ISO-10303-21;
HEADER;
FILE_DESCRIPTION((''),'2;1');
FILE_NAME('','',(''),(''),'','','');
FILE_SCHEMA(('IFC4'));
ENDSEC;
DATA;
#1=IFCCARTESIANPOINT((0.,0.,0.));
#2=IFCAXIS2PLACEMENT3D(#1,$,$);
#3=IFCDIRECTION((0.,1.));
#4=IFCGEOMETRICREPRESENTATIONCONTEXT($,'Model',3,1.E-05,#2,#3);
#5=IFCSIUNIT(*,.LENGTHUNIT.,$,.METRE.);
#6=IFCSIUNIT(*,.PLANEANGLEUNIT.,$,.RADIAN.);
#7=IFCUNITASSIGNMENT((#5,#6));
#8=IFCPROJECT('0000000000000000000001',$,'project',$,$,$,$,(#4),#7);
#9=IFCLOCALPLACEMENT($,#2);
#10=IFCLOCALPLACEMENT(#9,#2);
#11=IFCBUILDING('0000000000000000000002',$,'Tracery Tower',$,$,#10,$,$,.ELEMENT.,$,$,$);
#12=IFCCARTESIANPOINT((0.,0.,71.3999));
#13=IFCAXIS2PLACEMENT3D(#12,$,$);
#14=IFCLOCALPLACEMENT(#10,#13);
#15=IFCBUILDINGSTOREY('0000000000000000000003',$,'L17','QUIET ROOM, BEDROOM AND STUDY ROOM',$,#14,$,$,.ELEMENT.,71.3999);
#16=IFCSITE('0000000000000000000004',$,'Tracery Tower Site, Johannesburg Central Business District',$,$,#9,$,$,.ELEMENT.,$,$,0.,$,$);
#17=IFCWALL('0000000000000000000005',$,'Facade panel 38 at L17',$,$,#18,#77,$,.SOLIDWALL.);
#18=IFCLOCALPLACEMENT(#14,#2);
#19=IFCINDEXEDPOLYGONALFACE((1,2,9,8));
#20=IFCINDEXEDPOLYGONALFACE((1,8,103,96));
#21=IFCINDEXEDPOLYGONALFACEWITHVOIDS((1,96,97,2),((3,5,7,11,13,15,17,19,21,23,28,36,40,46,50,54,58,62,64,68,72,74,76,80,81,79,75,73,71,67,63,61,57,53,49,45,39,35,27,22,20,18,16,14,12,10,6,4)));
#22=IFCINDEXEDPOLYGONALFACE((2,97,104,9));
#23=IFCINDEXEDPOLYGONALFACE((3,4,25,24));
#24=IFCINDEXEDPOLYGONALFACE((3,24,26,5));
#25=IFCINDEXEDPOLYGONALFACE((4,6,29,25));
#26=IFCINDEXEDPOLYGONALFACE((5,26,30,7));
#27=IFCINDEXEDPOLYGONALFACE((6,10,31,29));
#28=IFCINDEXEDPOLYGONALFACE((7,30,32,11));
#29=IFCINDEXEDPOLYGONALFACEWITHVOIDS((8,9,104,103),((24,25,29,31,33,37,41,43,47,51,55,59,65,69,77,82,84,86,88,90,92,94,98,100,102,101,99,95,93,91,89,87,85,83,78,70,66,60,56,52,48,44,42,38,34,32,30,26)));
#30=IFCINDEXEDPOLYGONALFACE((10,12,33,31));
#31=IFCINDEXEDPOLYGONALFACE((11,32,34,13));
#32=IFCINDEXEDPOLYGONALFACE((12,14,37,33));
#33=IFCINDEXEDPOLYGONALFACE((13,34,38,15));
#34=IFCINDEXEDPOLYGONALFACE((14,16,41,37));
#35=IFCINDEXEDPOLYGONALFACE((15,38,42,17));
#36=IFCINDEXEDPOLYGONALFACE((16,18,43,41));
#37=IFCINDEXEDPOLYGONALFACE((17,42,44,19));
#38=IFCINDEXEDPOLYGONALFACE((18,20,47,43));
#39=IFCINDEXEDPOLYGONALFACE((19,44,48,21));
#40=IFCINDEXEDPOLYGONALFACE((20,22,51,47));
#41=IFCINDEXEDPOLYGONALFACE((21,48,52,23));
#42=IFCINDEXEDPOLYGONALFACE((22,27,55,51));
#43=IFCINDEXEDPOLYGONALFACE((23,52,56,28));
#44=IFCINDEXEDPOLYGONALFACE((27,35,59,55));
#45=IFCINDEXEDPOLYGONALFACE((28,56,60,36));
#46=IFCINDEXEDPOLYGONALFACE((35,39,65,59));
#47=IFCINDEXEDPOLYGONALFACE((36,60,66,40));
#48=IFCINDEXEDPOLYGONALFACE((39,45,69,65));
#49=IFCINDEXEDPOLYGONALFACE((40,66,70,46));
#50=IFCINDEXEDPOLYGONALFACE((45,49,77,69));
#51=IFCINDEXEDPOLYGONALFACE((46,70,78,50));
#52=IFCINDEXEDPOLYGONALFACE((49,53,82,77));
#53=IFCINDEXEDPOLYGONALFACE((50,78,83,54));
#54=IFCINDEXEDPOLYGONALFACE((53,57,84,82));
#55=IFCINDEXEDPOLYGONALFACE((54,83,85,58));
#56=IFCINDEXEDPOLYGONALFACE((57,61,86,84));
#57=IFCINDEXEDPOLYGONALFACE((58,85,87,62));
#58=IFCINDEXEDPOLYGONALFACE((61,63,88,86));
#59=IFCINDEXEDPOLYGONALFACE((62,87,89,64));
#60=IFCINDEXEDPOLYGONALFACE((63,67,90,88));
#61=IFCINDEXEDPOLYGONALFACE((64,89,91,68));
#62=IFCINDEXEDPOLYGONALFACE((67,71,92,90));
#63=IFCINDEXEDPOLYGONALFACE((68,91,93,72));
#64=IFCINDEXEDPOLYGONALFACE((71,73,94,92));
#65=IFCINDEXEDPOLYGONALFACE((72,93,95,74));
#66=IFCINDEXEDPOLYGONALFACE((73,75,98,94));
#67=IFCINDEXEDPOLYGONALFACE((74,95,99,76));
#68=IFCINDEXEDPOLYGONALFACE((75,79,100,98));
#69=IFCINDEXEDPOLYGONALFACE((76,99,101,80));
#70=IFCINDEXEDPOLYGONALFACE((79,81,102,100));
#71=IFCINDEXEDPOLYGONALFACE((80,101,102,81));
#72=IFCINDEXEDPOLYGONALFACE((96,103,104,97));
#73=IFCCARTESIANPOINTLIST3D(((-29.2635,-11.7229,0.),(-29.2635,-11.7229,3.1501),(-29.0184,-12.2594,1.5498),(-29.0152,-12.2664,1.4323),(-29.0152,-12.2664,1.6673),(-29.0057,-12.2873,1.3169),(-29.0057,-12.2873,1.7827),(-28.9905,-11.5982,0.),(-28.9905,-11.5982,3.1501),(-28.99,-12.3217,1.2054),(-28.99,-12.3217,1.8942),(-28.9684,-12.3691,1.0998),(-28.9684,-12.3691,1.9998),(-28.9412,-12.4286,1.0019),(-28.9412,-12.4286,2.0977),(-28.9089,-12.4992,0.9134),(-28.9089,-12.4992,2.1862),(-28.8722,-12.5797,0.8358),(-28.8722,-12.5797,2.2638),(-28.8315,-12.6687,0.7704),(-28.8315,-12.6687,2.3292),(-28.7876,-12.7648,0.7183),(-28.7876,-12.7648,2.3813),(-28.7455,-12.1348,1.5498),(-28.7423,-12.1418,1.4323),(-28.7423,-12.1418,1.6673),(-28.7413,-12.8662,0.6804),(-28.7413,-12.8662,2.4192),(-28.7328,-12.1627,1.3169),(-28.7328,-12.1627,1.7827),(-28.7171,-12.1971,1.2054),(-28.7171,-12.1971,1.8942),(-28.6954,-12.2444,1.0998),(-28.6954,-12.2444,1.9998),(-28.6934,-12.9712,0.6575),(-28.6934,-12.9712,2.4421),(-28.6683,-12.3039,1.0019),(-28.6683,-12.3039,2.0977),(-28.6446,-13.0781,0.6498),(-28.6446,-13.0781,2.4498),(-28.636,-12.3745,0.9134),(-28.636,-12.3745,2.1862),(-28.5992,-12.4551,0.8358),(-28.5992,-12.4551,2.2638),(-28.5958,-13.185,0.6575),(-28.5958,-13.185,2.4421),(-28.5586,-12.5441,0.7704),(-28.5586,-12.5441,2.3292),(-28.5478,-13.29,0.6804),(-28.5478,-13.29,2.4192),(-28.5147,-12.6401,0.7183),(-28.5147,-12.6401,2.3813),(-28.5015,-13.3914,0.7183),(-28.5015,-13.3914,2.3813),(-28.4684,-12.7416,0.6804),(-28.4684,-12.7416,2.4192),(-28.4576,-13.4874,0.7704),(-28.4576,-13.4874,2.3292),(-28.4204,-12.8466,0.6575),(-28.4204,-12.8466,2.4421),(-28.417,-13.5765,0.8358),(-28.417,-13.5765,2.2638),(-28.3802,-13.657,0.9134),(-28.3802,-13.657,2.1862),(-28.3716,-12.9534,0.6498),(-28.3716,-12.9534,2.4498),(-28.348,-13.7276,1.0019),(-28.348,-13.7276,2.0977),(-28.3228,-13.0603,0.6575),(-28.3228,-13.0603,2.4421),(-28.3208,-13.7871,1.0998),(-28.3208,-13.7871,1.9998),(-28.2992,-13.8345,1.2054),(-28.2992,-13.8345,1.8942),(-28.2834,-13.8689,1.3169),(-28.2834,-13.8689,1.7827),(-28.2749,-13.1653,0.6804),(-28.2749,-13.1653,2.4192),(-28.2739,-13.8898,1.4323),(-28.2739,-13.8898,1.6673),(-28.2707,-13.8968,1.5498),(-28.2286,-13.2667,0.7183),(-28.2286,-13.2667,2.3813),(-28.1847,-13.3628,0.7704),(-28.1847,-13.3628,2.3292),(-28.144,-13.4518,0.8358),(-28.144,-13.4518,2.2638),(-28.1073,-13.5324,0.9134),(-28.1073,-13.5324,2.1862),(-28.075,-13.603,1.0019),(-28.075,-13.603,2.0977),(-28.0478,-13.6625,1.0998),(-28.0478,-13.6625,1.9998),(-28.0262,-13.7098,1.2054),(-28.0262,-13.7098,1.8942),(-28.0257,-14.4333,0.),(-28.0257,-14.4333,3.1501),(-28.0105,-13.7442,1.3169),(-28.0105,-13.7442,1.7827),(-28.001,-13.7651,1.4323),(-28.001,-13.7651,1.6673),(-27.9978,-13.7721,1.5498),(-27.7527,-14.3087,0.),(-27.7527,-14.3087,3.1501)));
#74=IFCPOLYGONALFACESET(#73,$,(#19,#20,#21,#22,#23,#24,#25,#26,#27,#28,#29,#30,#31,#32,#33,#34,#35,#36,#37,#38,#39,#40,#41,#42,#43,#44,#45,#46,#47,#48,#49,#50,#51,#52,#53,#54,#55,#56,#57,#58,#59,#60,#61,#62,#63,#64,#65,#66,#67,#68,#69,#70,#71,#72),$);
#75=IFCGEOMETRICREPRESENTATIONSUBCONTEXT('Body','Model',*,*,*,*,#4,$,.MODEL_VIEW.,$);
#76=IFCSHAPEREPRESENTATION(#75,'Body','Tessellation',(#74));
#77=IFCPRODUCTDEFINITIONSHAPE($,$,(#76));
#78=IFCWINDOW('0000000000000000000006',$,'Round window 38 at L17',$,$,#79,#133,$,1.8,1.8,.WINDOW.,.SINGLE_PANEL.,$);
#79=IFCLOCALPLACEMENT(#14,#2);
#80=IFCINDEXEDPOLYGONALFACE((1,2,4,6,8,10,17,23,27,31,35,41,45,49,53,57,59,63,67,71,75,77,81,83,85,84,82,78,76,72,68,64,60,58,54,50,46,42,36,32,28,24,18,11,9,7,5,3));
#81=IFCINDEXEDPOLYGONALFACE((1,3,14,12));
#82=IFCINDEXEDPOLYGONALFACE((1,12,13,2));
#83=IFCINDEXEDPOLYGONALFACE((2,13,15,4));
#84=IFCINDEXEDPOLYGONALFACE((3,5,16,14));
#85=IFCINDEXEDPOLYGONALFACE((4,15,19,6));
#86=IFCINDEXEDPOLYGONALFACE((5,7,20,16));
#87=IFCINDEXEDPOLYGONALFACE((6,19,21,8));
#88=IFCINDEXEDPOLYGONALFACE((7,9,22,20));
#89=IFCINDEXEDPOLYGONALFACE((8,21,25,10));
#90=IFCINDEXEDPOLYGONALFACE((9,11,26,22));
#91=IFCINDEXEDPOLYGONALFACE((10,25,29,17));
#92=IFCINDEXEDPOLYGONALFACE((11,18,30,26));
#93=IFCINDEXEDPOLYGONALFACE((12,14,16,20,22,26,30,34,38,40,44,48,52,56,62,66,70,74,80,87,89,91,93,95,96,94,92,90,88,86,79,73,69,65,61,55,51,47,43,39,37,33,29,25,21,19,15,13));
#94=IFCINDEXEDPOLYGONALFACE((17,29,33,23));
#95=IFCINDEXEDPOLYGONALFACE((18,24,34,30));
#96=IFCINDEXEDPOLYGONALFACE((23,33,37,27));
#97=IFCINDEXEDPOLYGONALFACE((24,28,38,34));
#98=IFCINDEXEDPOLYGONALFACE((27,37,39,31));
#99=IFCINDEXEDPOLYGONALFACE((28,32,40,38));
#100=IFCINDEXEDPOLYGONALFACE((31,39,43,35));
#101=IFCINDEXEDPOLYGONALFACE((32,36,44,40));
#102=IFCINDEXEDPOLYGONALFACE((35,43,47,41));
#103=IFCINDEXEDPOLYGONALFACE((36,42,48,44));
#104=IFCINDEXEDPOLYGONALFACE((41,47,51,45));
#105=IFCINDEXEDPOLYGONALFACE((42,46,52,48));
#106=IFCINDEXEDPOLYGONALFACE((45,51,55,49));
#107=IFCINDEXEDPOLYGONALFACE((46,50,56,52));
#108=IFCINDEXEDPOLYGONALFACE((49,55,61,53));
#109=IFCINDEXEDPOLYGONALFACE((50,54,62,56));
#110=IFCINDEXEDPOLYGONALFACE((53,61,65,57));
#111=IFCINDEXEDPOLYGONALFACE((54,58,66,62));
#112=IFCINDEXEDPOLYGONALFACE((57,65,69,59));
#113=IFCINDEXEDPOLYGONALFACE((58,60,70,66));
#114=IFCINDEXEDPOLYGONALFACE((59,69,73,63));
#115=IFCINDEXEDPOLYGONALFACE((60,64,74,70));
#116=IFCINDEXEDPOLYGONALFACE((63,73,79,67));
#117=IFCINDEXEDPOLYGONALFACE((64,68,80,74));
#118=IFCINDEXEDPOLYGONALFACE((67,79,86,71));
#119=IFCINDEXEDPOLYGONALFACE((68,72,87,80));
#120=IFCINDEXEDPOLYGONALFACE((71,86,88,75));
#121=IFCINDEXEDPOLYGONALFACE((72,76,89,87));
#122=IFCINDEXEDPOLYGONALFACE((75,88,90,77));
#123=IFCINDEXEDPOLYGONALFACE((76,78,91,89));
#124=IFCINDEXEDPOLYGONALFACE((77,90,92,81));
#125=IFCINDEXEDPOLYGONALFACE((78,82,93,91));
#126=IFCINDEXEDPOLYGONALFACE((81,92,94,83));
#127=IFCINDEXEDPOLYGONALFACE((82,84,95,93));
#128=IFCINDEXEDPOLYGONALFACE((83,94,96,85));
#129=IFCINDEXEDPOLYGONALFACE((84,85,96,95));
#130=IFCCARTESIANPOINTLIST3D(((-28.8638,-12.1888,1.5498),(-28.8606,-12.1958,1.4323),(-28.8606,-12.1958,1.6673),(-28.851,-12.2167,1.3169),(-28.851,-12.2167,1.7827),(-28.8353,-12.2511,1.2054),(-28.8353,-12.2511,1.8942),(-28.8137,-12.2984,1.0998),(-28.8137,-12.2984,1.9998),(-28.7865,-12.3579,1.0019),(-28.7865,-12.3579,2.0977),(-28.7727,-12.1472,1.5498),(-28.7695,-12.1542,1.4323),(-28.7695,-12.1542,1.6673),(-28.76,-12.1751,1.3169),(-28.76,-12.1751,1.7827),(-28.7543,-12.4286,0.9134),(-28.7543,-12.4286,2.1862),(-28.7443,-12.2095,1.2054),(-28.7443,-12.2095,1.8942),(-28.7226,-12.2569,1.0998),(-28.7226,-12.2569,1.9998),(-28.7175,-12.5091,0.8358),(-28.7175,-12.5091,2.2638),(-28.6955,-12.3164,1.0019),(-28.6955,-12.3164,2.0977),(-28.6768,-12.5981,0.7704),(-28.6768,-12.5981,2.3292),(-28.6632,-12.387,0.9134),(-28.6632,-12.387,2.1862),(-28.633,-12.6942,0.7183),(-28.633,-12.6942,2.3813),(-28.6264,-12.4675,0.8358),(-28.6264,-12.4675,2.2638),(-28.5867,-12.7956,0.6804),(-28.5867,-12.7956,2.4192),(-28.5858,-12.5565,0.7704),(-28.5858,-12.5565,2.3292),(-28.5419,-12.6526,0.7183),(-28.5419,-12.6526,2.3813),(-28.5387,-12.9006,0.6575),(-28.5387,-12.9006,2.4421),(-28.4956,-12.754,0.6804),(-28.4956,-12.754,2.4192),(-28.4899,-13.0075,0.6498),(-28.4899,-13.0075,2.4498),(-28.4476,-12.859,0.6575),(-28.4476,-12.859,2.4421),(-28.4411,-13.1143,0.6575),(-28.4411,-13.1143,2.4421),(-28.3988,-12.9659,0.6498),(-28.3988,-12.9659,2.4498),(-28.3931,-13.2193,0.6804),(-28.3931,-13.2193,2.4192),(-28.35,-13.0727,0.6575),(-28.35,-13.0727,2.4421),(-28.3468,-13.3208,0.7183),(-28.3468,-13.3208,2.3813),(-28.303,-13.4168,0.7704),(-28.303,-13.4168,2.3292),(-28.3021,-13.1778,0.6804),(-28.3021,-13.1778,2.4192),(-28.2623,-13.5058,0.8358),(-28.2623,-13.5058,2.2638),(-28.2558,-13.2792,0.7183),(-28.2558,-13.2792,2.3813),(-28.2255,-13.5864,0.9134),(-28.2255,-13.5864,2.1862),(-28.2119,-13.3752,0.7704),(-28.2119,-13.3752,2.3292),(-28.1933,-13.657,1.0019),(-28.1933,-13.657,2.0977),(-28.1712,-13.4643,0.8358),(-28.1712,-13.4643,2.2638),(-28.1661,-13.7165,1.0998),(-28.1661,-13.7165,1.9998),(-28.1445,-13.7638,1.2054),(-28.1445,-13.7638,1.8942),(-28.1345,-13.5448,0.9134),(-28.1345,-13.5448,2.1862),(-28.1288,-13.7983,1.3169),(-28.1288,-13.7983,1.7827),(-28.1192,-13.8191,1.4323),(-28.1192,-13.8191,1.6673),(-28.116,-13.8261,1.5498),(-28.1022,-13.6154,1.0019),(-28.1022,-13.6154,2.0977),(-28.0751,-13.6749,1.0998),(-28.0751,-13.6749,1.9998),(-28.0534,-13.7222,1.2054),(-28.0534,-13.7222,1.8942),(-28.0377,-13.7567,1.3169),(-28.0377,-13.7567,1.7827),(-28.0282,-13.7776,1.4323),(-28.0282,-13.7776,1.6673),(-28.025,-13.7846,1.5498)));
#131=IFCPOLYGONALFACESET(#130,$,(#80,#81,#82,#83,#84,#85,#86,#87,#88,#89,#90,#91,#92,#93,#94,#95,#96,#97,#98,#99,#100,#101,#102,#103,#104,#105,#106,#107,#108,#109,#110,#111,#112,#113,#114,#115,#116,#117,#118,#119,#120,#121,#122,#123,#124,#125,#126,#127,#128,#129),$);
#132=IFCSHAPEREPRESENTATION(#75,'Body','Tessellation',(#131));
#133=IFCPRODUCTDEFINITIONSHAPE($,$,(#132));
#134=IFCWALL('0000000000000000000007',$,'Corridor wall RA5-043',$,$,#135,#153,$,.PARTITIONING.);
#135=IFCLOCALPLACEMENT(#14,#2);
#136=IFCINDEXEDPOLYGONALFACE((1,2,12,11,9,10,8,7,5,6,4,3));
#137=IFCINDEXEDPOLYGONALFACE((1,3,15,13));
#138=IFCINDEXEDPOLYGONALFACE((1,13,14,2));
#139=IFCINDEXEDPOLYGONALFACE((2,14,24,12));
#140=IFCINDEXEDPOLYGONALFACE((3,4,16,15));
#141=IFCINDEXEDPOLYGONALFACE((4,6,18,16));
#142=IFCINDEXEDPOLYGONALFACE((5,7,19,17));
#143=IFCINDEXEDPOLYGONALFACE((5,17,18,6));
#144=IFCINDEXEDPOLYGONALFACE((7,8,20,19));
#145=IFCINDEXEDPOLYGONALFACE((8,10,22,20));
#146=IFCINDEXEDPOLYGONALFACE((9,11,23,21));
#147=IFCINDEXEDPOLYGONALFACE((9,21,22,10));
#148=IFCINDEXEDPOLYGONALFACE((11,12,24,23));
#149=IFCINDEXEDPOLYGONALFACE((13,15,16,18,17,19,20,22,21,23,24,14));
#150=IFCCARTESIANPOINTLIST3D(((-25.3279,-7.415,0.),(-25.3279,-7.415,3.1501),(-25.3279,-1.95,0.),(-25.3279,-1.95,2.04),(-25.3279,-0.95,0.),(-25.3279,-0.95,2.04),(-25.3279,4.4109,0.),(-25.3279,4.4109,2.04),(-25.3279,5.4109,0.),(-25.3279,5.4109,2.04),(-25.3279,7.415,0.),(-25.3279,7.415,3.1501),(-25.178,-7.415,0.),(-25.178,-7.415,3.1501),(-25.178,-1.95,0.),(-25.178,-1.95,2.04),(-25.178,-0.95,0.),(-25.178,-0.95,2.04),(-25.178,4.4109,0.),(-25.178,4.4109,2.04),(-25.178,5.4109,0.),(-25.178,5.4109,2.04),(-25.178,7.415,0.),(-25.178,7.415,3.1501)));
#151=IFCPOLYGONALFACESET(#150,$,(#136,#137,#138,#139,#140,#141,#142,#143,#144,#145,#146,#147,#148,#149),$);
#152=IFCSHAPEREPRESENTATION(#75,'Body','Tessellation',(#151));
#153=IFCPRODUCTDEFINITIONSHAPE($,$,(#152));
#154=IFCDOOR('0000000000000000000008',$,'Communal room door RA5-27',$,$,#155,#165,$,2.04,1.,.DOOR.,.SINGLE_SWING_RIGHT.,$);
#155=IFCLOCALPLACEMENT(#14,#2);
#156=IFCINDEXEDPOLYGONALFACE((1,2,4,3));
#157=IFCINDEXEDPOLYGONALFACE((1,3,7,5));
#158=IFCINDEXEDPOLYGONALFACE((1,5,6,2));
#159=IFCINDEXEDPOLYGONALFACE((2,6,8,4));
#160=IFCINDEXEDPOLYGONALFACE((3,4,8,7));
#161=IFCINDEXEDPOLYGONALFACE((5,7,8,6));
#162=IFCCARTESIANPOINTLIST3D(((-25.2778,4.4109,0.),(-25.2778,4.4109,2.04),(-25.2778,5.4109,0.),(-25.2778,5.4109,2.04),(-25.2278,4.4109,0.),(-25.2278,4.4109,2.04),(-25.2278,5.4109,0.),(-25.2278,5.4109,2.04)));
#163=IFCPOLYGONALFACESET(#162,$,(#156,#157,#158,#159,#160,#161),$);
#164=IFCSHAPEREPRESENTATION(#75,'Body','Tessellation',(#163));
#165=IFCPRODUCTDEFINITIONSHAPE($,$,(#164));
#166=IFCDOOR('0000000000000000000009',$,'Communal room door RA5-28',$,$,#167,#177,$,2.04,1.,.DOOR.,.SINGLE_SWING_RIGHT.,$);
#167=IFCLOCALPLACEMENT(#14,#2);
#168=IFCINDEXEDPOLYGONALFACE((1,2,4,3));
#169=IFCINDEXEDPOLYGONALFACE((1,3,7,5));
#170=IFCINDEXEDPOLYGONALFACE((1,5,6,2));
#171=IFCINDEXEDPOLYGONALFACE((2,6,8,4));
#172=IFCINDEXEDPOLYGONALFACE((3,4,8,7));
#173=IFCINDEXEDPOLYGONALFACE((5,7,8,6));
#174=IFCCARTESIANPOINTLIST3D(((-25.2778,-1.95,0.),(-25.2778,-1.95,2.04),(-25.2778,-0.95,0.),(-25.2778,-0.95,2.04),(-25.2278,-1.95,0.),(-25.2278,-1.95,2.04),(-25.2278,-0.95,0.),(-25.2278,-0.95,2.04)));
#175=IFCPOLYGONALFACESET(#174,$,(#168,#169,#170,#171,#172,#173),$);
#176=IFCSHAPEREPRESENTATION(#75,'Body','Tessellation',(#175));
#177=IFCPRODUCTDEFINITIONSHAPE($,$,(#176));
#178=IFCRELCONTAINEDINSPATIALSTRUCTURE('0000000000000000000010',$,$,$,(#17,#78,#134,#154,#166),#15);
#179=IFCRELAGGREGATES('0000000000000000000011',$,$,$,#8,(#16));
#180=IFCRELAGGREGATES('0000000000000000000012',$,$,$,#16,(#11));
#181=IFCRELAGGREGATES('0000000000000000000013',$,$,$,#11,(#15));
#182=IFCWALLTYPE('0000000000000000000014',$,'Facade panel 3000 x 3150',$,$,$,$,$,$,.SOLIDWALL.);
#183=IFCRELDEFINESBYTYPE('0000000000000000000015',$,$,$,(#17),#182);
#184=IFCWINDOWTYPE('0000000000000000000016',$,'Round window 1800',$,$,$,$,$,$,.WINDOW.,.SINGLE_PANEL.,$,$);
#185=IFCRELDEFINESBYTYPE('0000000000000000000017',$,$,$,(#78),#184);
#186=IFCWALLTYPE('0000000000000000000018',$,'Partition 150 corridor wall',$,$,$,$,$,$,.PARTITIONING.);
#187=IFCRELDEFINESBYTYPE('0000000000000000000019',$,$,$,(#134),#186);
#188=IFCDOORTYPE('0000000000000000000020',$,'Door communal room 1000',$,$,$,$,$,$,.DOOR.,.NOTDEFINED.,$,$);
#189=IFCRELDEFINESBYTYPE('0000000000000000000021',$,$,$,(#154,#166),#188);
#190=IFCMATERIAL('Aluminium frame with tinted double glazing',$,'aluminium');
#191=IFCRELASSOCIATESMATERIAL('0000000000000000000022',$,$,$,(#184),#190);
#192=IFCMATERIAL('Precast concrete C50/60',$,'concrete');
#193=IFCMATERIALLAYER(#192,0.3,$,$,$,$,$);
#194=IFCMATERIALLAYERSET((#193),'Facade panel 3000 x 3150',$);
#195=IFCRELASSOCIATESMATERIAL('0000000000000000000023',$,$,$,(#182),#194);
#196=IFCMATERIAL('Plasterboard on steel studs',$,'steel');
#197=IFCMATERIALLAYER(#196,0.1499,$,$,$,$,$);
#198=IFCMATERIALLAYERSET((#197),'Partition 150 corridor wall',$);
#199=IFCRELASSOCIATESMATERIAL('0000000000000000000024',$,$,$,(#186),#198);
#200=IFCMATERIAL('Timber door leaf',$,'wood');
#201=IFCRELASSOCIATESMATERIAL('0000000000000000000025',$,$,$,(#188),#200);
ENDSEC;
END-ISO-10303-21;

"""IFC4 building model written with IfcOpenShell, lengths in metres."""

from ifc_helpers import new_model, si_unit, direction, frame, frame_2d, origin, origin_2d, place, context, subcontext, project, spatial, rectangle, circle, extrude, material, layer, layer_set, type_object, element, fill, save


model = new_model("IFC4")

# Units and contexts
model_context = context("Model", 3, precision=1e-05, world=origin(), true_north=direction((0.0, 1.0)))
body_context = subcontext(model_context, "Body", "Model", "MODEL_VIEW")
ifc_project = project(units=[si_unit("LENGTHUNIT", "METRE"), si_unit("PLANEANGLEUNIT", "RADIAN")], contexts=[model_context])

# Site, building, storey
site_placement = place(None, origin())
site = spatial("IfcSite", under=ifc_project, at=site_placement, Name="Tracery Tower Site, Johannesburg Central Business District", CompositionType="ELEMENT", RefElevation=0.0)
building_placement = place(site_placement, origin())
building = spatial("IfcBuilding", under=site, at=building_placement, Name="Tracery Tower", CompositionType="ELEMENT")
storey_placement = place(building_placement, frame((0.0, 0.0, 71.3999)))
storey = spatial("IfcBuildingStorey", under=building, at=storey_placement, Name="L17", Description="QUIET ROOM, BEDROOM AND STUDY ROOM", CompositionType="ELEMENT", Elevation=71.3999)

# Wall, opening, window
ifc_material_1 = material(Name="Aluminium frame with tinted double glazing", Category="aluminium")
window_type = type_object("IfcWindowType", Name="Round window 1800", PartitioningType="SINGLE_PANEL", PredefinedType="WINDOW", material=ifc_material_1)
ifc_material_2 = material(Name="Precast concrete C50/60", Category="concrete")
ifc_layer_1 = layer(ifc_material_2, 0.3)
ifc_layer_set_1 = layer_set([ifc_layer_1], Name="Facade panel 3000 x 3150")
wall_type_1 = type_object("IfcWallType", Name="Facade panel 3000 x 3150", PredefinedType="SOLIDWALL", material=ifc_layer_set_1)
wall_1_placement = place(storey_placement, frame((-29.127, -11.6606, 0.0), z_axis=(0.0, 0.0, 1.0), x_axis=(0.415407, -0.909636, 0.0)))
wall_1 = element("IfcWall", 1, at=wall_1_placement, inside=storey, type_object=wall_type_1, Name="Facade panel 38 at L17", PredefinedType="SOLIDWALL", context=body_context, shape_type="SweptSolid", body=[
    extrude(rectangle(XDim=2.9797, YDim=0.3, at=frame_2d((1.4897, 0.0))), origin(), (0.0, 0.0, 1.0), 3.1501),
])
opening_1_placement = place(wall_1_placement, frame((1.4897, 0.0, 1.5498)))
opening_1 = element("IfcOpeningElement", 2, at=opening_1_placement, cuts=wall_1, PredefinedType="OPENING", context=body_context, shape_type="SweptSolid", body=[
    extrude(circle(Radius=0.9, at=origin_2d()), frame((0.0, 0.1599, 0.0), z_axis=(0.0, -1.0, 0.0), x_axis=(1.0, 0.0, 0.0)), (0.0, 0.0, 1.0), 0.3201),
])
window_1_placement = place(opening_1_placement, origin())
window_1 = element("IfcWindow", 3, at=window_1_placement, inside=storey, type_object=window_type, Name="Round window 38 at L17", OverallHeight=1.8, OverallWidth=1.8, PartitioningType="SINGLE_PANEL", PredefinedType="WINDOW", context=body_context, shape_type="SweptSolid", body=[
    extrude(circle(Radius=0.9, at=origin_2d()), frame((0.0, 0.1201, 0.0), z_axis=(0.0, -1.0, 0.0), x_axis=(1.0, 0.0, 0.0)), (0.0, 0.0, 1.0), 0.1001),
])
fill(opening_1, window_1)

# Wall, openings, doors
ifc_material_3 = material(Name="Plasterboard on steel studs", Category="steel")
ifc_layer_2 = layer(ifc_material_3, 0.1499)
ifc_layer_set_2 = layer_set([ifc_layer_2], Name="Partition 150 corridor wall")
wall_type_2 = type_object("IfcWallType", Name="Partition 150 corridor wall", PredefinedType="PARTITIONING", material=ifc_layer_set_2)
wall_2_placement = place(storey_placement, frame((-25.2529, -7.415, 0.0), z_axis=(0.0, 0.0, 1.0), x_axis=(0.0, 1.0, 0.0)))
wall_2 = element("IfcWall", 4, at=wall_2_placement, inside=storey, type_object=wall_type_2, Name="Corridor wall RA5-043", PredefinedType="PARTITIONING", context=body_context, shape_type="SweptSolid", body=[
    extrude(rectangle(XDim=14.8301, YDim=0.1499, at=frame_2d((7.415, 0.0))), origin(), (0.0, 0.0, 1.0), 3.1501),
])
opening_2_placement = place(wall_2_placement, frame((11.8259, 0.0, 0.0)))
opening_2 = element("IfcOpeningElement", 5, at=opening_2_placement, cuts=wall_2, PredefinedType="OPENING", context=body_context, shape_type="SweptSolid", body=[
    extrude(rectangle(XDim=1.0, YDim=2.04, at=frame_2d((0.5, 1.02))), frame((0.0, 0.075, 0.0), z_axis=(0.0, -1.0, 0.0), x_axis=(1.0, 0.0, 0.0)), (0.0, 0.0, 1.0), 0.1499),
])
opening_3_placement = place(wall_2_placement, frame((5.4651, 0.0, 0.0)))
opening_3 = element("IfcOpeningElement", 6, at=opening_3_placement, cuts=wall_2, PredefinedType="OPENING", context=body_context, shape_type="SweptSolid", body=[
    extrude(rectangle(XDim=1.0, YDim=2.04, at=frame_2d((0.5, 1.02))), frame((0.0, 0.075, 0.0), z_axis=(0.0, -1.0, 0.0), x_axis=(1.0, 0.0, 0.0)), (0.0, 0.0, 1.0), 0.1499),
])
ifc_material_4 = material(Name="Timber door leaf", Category="wood")
door_type = type_object("IfcDoorType", Name="Door communal room 1000", OperationType="NOTDEFINED", PredefinedType="DOOR", material=ifc_material_4)
door_1_placement = place(opening_2_placement, origin())
door_1 = element("IfcDoor", 7, at=door_1_placement, inside=storey, type_object=door_type, Name="Communal room door RA5-27", OperationType="SINGLE_SWING_RIGHT", OverallHeight=2.04, OverallWidth=1.0, PredefinedType="DOOR", context=body_context, shape_type="SweptSolid", body=[
    extrude(rectangle(XDim=1.0, YDim=2.04, at=frame_2d((0.5, 1.02))), frame((0.0, 0.0249, 0.0), z_axis=(0.0, -1.0, 0.0), x_axis=(1.0, 0.0, 0.0)), (0.0, 0.0, 1.0), 0.05),
])
fill(opening_2, door_1)
door_2_placement = place(opening_3_placement, origin())
door_2 = element("IfcDoor", 8, at=door_2_placement, inside=storey, type_object=door_type, Name="Communal room door RA5-28", OperationType="SINGLE_SWING_RIGHT", OverallHeight=2.04, OverallWidth=1.0, PredefinedType="DOOR", context=body_context, shape_type="SweptSolid", body=[
    extrude(rectangle(XDim=1.0, YDim=2.04, at=frame_2d((0.5, 1.02))), frame((0.0, 0.0249, 0.0), z_axis=(0.0, -1.0, 0.0), x_axis=(1.0, 0.0, 0.0)), (0.0, 0.0, 1.0), 0.05),
])
fill(opening_3, door_2)

save(model, "model.ifc")
